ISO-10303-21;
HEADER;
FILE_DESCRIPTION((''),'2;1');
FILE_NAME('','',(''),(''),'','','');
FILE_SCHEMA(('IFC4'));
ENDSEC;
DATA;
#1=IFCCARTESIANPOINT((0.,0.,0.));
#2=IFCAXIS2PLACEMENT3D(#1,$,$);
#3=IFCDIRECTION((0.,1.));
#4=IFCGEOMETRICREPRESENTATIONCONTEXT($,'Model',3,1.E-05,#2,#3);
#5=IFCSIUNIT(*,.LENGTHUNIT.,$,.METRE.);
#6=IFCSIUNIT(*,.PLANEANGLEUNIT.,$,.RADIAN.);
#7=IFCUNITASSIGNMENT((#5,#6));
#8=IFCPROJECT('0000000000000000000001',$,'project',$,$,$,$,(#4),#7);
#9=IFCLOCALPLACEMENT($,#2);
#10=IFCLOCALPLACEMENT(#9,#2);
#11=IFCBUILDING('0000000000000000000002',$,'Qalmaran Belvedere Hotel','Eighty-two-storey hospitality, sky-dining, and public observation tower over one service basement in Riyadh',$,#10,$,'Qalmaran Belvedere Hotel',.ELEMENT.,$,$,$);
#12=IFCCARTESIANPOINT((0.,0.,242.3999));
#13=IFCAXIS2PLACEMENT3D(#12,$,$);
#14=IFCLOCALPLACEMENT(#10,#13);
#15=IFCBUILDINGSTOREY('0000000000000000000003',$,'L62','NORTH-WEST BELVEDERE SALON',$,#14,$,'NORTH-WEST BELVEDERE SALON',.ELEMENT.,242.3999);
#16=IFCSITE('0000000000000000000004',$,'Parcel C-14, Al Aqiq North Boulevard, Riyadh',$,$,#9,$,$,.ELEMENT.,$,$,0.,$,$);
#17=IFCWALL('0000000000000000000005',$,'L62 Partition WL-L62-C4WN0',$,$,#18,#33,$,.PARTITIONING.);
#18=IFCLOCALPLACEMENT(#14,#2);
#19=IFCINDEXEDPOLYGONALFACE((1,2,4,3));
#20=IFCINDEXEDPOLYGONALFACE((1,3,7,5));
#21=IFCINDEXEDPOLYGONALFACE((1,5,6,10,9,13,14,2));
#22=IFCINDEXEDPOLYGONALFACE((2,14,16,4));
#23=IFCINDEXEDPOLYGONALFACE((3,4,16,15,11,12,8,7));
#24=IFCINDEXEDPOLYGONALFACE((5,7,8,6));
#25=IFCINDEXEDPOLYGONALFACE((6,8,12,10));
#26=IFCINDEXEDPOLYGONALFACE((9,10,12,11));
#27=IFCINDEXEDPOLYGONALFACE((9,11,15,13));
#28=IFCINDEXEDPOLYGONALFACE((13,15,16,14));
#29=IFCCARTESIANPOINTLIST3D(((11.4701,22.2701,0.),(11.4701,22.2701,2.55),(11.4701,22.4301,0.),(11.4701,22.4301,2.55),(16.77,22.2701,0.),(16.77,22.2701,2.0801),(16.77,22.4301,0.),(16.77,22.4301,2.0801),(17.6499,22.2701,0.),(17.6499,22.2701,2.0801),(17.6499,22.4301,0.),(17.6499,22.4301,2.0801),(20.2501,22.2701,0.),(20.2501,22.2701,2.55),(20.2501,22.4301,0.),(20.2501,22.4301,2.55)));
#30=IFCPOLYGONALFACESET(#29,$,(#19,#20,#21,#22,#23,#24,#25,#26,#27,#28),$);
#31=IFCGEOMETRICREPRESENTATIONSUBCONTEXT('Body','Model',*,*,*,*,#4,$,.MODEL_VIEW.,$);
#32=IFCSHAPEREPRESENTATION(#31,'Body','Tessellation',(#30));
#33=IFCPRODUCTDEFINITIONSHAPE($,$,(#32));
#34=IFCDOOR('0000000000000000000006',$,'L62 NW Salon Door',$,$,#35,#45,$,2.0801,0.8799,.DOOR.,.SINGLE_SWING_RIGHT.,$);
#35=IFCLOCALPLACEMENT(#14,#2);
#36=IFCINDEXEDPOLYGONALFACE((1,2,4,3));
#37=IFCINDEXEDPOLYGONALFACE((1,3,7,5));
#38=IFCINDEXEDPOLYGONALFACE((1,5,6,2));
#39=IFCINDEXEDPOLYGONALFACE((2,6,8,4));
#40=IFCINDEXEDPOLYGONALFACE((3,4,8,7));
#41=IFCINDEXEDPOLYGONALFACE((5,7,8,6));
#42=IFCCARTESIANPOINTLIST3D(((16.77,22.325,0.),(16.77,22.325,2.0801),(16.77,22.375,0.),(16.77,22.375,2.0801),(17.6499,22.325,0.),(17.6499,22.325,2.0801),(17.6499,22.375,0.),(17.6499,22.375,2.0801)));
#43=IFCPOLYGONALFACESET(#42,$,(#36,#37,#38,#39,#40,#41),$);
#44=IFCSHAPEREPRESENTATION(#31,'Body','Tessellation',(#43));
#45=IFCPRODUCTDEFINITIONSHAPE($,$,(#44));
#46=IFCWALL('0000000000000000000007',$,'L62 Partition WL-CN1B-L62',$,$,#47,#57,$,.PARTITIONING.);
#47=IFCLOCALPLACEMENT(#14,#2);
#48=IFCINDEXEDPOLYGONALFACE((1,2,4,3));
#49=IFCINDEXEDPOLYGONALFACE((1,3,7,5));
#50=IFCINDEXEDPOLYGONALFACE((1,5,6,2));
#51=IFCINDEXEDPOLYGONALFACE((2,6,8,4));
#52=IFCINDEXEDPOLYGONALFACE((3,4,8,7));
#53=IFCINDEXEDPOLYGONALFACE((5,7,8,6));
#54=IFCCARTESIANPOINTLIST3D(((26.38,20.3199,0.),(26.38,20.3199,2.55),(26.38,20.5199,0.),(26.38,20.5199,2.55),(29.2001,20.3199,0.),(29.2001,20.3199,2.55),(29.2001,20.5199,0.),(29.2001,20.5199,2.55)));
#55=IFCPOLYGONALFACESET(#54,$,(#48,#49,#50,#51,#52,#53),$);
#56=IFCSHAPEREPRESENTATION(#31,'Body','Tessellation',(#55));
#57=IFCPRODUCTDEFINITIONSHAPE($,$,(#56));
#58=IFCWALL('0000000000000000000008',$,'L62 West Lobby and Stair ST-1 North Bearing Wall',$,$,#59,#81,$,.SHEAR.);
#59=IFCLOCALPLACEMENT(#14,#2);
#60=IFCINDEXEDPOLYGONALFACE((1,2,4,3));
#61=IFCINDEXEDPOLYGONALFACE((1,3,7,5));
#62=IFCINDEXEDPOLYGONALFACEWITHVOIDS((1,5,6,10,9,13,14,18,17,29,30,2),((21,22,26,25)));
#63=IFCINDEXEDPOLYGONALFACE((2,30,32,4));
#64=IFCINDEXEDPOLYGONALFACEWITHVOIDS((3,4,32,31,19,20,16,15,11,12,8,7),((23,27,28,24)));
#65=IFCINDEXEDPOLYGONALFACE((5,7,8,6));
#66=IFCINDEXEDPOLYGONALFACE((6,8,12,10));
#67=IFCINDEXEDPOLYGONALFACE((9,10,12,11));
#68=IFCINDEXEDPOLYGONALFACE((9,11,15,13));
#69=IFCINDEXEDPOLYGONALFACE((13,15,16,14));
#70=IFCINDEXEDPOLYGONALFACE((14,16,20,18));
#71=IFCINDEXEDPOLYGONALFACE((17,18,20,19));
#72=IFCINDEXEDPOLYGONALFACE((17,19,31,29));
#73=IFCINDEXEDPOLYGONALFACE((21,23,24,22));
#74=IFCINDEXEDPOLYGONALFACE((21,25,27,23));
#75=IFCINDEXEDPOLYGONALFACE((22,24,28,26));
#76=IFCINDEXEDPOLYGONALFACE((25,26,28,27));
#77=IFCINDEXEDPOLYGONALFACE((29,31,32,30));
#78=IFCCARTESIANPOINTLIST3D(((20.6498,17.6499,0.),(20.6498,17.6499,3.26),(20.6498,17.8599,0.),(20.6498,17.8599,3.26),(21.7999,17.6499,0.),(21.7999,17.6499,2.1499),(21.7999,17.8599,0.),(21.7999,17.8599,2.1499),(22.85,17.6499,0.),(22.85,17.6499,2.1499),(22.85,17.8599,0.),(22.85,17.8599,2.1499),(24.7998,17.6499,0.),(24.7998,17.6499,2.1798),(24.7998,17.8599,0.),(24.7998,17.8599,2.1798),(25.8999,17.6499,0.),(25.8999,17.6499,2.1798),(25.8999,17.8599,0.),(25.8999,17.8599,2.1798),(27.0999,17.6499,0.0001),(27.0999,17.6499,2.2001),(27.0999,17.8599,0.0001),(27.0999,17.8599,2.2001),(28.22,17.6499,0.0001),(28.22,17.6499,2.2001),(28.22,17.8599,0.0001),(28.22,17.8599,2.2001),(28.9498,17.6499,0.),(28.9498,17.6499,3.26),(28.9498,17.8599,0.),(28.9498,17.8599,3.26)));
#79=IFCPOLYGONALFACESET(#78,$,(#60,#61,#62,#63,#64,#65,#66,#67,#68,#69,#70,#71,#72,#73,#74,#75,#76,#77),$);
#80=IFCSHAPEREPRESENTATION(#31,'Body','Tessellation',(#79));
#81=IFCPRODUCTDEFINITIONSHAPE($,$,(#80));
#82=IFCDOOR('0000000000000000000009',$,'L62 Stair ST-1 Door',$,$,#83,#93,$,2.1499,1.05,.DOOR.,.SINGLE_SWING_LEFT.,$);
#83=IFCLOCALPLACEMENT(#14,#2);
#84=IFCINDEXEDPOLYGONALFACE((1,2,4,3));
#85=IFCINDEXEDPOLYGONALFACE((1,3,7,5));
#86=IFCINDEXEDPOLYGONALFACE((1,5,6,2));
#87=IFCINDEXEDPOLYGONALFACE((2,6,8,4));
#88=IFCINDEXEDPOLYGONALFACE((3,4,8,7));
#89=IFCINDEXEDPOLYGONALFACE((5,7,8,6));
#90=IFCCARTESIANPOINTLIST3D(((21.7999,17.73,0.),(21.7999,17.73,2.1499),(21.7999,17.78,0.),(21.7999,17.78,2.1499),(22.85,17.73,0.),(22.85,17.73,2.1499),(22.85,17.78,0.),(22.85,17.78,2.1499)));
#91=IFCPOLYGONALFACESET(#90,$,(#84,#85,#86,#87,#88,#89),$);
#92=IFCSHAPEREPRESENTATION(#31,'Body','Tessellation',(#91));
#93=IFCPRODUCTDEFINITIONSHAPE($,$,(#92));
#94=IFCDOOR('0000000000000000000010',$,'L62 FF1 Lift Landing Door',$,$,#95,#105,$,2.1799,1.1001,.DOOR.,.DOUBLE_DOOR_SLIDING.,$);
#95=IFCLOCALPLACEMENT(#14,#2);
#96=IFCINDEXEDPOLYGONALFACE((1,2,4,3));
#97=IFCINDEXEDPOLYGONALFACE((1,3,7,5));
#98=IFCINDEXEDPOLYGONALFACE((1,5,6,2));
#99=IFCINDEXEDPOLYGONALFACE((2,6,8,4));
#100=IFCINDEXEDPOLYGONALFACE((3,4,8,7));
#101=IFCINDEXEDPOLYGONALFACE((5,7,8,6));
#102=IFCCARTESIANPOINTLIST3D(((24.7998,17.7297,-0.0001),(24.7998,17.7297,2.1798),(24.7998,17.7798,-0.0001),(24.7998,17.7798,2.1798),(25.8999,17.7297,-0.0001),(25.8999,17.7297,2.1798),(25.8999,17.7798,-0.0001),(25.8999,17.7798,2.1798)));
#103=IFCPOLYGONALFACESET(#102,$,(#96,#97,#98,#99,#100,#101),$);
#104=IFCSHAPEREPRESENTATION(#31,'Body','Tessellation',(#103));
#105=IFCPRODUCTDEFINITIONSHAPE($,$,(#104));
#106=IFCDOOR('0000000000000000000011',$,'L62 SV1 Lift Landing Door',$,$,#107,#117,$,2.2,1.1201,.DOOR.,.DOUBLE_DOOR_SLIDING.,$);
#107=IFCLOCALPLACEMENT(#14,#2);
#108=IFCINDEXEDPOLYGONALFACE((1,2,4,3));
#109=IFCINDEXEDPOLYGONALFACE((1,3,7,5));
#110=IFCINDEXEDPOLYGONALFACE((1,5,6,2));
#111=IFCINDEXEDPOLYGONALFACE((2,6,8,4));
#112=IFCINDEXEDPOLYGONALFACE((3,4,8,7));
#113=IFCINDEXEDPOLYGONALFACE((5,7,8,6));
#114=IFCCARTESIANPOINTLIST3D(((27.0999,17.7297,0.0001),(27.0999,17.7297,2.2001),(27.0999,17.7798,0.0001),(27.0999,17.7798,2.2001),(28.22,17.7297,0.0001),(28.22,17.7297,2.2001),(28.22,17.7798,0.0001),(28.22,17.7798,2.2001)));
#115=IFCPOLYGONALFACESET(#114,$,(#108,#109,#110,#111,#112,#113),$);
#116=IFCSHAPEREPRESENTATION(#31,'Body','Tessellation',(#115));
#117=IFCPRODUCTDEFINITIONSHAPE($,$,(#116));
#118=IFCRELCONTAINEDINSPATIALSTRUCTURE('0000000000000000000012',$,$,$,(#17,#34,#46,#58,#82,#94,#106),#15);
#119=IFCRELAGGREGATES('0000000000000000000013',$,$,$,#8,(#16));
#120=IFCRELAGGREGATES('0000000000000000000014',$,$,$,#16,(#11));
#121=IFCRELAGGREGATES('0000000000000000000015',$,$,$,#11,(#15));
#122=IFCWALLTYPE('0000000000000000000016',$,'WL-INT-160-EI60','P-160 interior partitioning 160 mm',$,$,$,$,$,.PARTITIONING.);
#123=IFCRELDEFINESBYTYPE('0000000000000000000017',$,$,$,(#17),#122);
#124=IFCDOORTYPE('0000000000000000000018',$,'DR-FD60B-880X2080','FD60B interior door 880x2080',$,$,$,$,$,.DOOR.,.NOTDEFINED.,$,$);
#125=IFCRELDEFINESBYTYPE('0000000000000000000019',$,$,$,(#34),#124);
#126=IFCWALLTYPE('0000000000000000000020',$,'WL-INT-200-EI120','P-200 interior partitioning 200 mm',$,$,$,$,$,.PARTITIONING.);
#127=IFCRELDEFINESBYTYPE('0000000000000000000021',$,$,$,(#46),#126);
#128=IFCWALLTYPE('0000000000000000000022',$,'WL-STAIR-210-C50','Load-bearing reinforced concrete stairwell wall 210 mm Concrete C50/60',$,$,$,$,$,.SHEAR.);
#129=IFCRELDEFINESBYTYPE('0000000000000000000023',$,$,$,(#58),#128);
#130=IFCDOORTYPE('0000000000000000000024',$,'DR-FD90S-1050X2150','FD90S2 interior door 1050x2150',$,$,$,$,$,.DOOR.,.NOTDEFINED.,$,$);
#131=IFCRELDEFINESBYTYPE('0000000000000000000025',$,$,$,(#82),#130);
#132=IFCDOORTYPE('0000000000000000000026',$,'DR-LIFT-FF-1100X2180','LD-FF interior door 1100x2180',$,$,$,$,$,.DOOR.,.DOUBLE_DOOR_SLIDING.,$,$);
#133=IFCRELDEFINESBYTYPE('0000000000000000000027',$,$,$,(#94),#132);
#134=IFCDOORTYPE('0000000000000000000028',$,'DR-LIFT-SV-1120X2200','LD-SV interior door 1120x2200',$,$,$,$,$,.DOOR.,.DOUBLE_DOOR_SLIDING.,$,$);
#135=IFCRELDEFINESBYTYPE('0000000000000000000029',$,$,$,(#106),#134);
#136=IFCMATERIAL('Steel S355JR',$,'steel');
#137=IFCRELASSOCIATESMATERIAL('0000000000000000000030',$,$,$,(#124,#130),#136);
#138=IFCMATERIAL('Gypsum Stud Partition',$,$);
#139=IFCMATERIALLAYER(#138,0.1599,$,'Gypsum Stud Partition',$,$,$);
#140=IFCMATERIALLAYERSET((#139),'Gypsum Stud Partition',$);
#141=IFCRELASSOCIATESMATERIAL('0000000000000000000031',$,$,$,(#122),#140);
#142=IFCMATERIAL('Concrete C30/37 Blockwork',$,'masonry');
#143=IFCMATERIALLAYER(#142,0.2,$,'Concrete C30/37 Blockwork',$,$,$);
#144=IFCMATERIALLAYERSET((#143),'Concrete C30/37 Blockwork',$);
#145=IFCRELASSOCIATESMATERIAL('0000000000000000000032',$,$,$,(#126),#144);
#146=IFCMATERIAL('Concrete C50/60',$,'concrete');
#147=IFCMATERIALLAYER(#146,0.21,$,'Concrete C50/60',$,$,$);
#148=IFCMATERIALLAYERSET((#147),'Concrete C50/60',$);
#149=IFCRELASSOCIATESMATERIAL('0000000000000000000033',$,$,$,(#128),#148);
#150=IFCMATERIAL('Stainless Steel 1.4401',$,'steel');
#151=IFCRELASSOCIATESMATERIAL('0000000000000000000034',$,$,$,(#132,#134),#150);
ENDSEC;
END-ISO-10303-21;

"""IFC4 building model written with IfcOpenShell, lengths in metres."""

from ifc_helpers import new_model, si_unit, direction, frame, frame_2d, origin, place, context, subcontext, project, spatial, rectangle, extrude, material, layer, layer_set, type_object, element, fill, save


model = new_model("IFC4")

# Units and contexts
model_context = context("Model", 3, precision=1e-05, world=origin(), true_north=direction((0.0, 1.0)))
body_context = subcontext(model_context, "Body", "Model", "MODEL_VIEW")
ifc_project = project(units=[si_unit("LENGTHUNIT", "METRE"), si_unit("PLANEANGLEUNIT", "RADIAN")], contexts=[model_context])

# Site, building, storey
site_placement = place(None, origin())
site = spatial("IfcSite", under=ifc_project, at=site_placement, Name="Parcel C-14, Al Aqiq North Boulevard, Riyadh", CompositionType="ELEMENT", RefElevation=0.0)
building_placement = place(site_placement, origin())
building = spatial("IfcBuilding", under=site, at=building_placement, Name="Qalmaran Belvedere Hotel", Description="Eighty-two-storey hospitality, sky-dining, and public observation tower over one service basement in Riyadh", LongName="Qalmaran Belvedere Hotel", CompositionType="ELEMENT")
storey_placement = place(building_placement, frame((0.0, 0.0, 242.3999)))
storey = spatial("IfcBuildingStorey", under=building, at=storey_placement, Name="L62", Description="NORTH-WEST BELVEDERE SALON", LongName="NORTH-WEST BELVEDERE SALON", CompositionType="ELEMENT", Elevation=242.3999)

# Shared definitions
ifc_material_1 = material(Name="Concrete C50/60", Category="concrete")

# Shared definitions
ifc_material_2 = material(Name="Steel S355JR", Category="steel")

# Shared definitions
ifc_material_3 = material(Name="Gypsum Stud Partition")
door_type_1 = type_object("IfcDoorType", Name="DR-FD60B-880X2080", Description="FD60B interior door 880x2080", OperationType="NOTDEFINED", PredefinedType="DOOR", material=ifc_material_2)

# Shared definitions
ifc_layer_1 = layer(ifc_material_3, 0.1599, Name="Gypsum Stud Partition")
ifc_layer_set_1 = layer_set([ifc_layer_1], Name="Gypsum Stud Partition")
wall_type_1 = type_object("IfcWallType", Name="WL-INT-160-EI60", Description="P-160 interior partitioning 160 mm", PredefinedType="PARTITIONING", material=ifc_layer_set_1)

# Wall, opening, door
wall_1_placement = place(storey_placement, frame((11.47, 22.3501, 0.0), z_axis=(0.0, 0.0, 1.0), x_axis=(1.0, 0.0, 0.0)))
wall_1 = element("IfcWall", 1, at=wall_1_placement, inside=storey, type_object=wall_type_1, Name="L62 Partition WL-L62-C4WN0", PredefinedType="PARTITIONING", context=body_context, shape_type="SweptSolid", body=[
    extrude(rectangle(XDim=8.78, YDim=0.1599, at=frame_2d((4.3901, 0.0))), origin(), (0.0, 0.0, 1.0), 2.55),
])
opening_1_placement = place(wall_1_placement, frame((5.3, 0.0, 0.0)))
opening_1 = element("IfcOpeningElement", 2, at=opening_1_placement, cuts=wall_1, PredefinedType="OPENING", context=body_context, shape_type="SweptSolid", body=[
    extrude(rectangle(XDim=0.8799, YDim=2.0801, at=frame_2d((0.4399, 1.04))), frame((0.0, 0.0898, 0.0), z_axis=(0.0, -1.0, 0.0), x_axis=(1.0, 0.0, 0.0)), (0.0, 0.0, 1.0), 0.1799),
])
door_1_placement = place(opening_1_placement, origin())
door_1 = element("IfcDoor", 3, at=door_1_placement, inside=storey, type_object=door_type_1, Name="L62 NW Salon Door", OperationType="SINGLE_SWING_RIGHT", OverallHeight=2.0801, OverallWidth=0.8799, PredefinedType="DOOR", context=body_context, shape_type="SweptSolid", body=[
    extrude(rectangle(XDim=0.8799, YDim=2.0801, at=frame_2d((0.4399, 1.04))), frame((0.0, 0.0249, 0.0), z_axis=(0.0, -1.0, 0.0), x_axis=(1.0, 0.0, 0.0)), (0.0, 0.0, 1.0), 0.05),
])
fill(opening_1, door_1)
ifc_material_4 = material(Name="Concrete C30/37 Blockwork", Category="masonry")
ifc_layer_2 = layer(ifc_material_4, 0.2, Name="Concrete C30/37 Blockwork")
ifc_layer_set_2 = layer_set([ifc_layer_2], Name="Concrete C30/37 Blockwork")
wall_type_2 = type_object("IfcWallType", Name="WL-INT-200-EI120", Description="P-200 interior partitioning 200 mm", PredefinedType="PARTITIONING", material=ifc_layer_set_2)

# Wall
wall_2_placement = place(storey_placement, frame((26.3799, 20.4199, 0.0), z_axis=(0.0, 0.0, 1.0), x_axis=(1.0, 0.0, 0.0)))
element("IfcWall", 4, at=wall_2_placement, inside=storey, type_object=wall_type_2, Name="L62 Partition WL-CN1B-L62", PredefinedType="PARTITIONING", context=body_context, shape_type="SweptSolid", body=[
    extrude(rectangle(XDim=2.8201, YDim=0.2, at=frame_2d((1.4102, 0.0))), origin(), (0.0, 0.0, 1.0), 2.55),
])

# Wall, openings, doors
ifc_layer_3 = layer(ifc_material_1, 0.21, Name="Concrete C50/60")
ifc_layer_set_3 = layer_set([ifc_layer_3], Name="Concrete C50/60")
wall_type_3 = type_object("IfcWallType", Name="WL-STAIR-210-C50", Description="Load-bearing reinforced concrete stairwell wall 210 mm Concrete C50/60", PredefinedType="SHEAR", material=ifc_layer_set_3)
wall_3_placement = place(storey_placement, frame((20.6499, 17.7549, 0.0), z_axis=(0.0, 0.0, 1.0), x_axis=(1.0, 0.0, 0.0)))
wall_3 = element("IfcWall", 5, at=wall_3_placement, inside=storey, type_object=wall_type_3, Name="L62 West Lobby and Stair ST-1 North Bearing Wall", PredefinedType="SHEAR", context=body_context, shape_type="SweptSolid", body=[
    extrude(rectangle(XDim=8.3, YDim=0.21, at=frame_2d((4.1499, 0.0))), origin(), (0.0, 0.0, 1.0), 3.26),
])
opening_2_placement = place(wall_3_placement, frame((2.2, 0.0, 0.0), z_axis=(0.0, 0.0, 1.0), x_axis=(-1.0, 0.0, 0.0)))
opening_2 = element("IfcOpeningElement", 6, at=opening_2_placement, cuts=wall_3, PredefinedType="OPENING", context=body_context, shape_type="SweptSolid", body=[
    extrude(rectangle(XDim=1.05, YDim=2.1499, at=frame_2d((0.5249, 1.075))), frame((0.0, 0.115, 0.0), z_axis=(0.0, -1.0, 0.0), x_axis=(1.0, 0.0, 0.0)), (0.0, 0.0, 1.0), 0.23),
])
opening_3_placement = place(wall_3_placement, frame((4.1499, 0.0, 0.0)))
opening_3 = element("IfcOpeningElement", 7, at=opening_3_placement, cuts=wall_3, PredefinedType="OPENING", context=body_context, shape_type="SweptSolid", body=[
    extrude(rectangle(XDim=1.1001, YDim=2.1799, at=frame_2d((0.55, 1.0898))), frame((0.0, 0.115, 0.0), z_axis=(0.0, -1.0, 0.0), x_axis=(1.0, 0.0, 0.0)), (0.0, 0.0, 1.0), 0.23),
])
opening_4_placement = place(wall_3_placement, frame((6.45, 0.0, 0.0)))
opening_4 = element("IfcOpeningElement", 8, at=opening_4_placement, cuts=wall_3, PredefinedType="OPENING", context=body_context, shape_type="SweptSolid", body=[
    extrude(rectangle(XDim=1.1201, YDim=2.2, at=frame_2d((0.5601, 1.1001))), frame((0.0, 0.115, 0.0), z_axis=(0.0, -1.0, 0.0), x_axis=(1.0, 0.0, 0.0)), (0.0, 0.0, 1.0), 0.23),
])
door_type_2 = type_object("IfcDoorType", Name="DR-FD90S-1050X2150", Description="FD90S2 interior door 1050x2150", OperationType="NOTDEFINED", PredefinedType="DOOR", material=ifc_material_2)
door_2_placement = place(opening_2_placement, origin())
door_2 = element("IfcDoor", 9, at=door_2_placement, inside=storey, type_object=door_type_2, Name="L62 Stair ST-1 Door", OperationType="SINGLE_SWING_LEFT", OverallHeight=2.1499, OverallWidth=1.05, PredefinedType="DOOR", context=body_context, shape_type="SweptSolid", body=[
    extrude(rectangle(XDim=1.05, YDim=2.1499, at=frame_2d((0.5249, 1.075))), frame((0.0, 0.0249, 0.0), z_axis=(0.0, -1.0, 0.0), x_axis=(1.0, 0.0, 0.0)), (0.0, 0.0, 1.0), 0.05),
])
fill(opening_2, door_2)
ifc_material_5 = material(Name="Stainless Steel 1.4401", Category="steel")
door_type_3 = type_object("IfcDoorType", Name="DR-LIFT-FF-1100X2180", Description="LD-FF interior door 1100x2180", OperationType="DOUBLE_DOOR_SLIDING", PredefinedType="DOOR", material=ifc_material_5)
door_3_placement = place(opening_3_placement, origin())
door_3 = element("IfcDoor", 10, at=door_3_placement, inside=storey, type_object=door_type_3, Name="L62 FF1 Lift Landing Door", OperationType="DOUBLE_DOOR_SLIDING", OverallHeight=2.1799, OverallWidth=1.1001, PredefinedType="DOOR", context=body_context, shape_type="SweptSolid", body=[
    extrude(rectangle(XDim=1.1001, YDim=2.1799, at=frame_2d((0.55, 1.0898))), frame((0.0, 0.0249, 0.0), z_axis=(0.0, -1.0, 0.0), x_axis=(1.0, 0.0, 0.0)), (0.0, 0.0, 1.0), 0.05),
])
fill(opening_3, door_3)
door_type_4 = type_object("IfcDoorType", Name="DR-LIFT-SV-1120X2200", Description="LD-SV interior door 1120x2200", OperationType="DOUBLE_DOOR_SLIDING", PredefinedType="DOOR", material=ifc_material_5)
door_4_placement = place(opening_4_placement, origin())
door_4 = element("IfcDoor", 11, at=door_4_placement, inside=storey, type_object=door_type_4, Name="L62 SV1 Lift Landing Door", OperationType="DOUBLE_DOOR_SLIDING", OverallHeight=2.2, OverallWidth=1.1201, PredefinedType="DOOR", context=body_context, shape_type="SweptSolid", body=[
    extrude(rectangle(XDim=1.1201, YDim=2.2, at=frame_2d((0.5601, 1.1001))), frame((0.0, 0.0249, 0.0), z_axis=(0.0, -1.0, 0.0), x_axis=(1.0, 0.0, 0.0)), (0.0, 0.0, 1.0), 0.05),
])
fill(opening_4, door_4)

save(model, "model.ifc")
